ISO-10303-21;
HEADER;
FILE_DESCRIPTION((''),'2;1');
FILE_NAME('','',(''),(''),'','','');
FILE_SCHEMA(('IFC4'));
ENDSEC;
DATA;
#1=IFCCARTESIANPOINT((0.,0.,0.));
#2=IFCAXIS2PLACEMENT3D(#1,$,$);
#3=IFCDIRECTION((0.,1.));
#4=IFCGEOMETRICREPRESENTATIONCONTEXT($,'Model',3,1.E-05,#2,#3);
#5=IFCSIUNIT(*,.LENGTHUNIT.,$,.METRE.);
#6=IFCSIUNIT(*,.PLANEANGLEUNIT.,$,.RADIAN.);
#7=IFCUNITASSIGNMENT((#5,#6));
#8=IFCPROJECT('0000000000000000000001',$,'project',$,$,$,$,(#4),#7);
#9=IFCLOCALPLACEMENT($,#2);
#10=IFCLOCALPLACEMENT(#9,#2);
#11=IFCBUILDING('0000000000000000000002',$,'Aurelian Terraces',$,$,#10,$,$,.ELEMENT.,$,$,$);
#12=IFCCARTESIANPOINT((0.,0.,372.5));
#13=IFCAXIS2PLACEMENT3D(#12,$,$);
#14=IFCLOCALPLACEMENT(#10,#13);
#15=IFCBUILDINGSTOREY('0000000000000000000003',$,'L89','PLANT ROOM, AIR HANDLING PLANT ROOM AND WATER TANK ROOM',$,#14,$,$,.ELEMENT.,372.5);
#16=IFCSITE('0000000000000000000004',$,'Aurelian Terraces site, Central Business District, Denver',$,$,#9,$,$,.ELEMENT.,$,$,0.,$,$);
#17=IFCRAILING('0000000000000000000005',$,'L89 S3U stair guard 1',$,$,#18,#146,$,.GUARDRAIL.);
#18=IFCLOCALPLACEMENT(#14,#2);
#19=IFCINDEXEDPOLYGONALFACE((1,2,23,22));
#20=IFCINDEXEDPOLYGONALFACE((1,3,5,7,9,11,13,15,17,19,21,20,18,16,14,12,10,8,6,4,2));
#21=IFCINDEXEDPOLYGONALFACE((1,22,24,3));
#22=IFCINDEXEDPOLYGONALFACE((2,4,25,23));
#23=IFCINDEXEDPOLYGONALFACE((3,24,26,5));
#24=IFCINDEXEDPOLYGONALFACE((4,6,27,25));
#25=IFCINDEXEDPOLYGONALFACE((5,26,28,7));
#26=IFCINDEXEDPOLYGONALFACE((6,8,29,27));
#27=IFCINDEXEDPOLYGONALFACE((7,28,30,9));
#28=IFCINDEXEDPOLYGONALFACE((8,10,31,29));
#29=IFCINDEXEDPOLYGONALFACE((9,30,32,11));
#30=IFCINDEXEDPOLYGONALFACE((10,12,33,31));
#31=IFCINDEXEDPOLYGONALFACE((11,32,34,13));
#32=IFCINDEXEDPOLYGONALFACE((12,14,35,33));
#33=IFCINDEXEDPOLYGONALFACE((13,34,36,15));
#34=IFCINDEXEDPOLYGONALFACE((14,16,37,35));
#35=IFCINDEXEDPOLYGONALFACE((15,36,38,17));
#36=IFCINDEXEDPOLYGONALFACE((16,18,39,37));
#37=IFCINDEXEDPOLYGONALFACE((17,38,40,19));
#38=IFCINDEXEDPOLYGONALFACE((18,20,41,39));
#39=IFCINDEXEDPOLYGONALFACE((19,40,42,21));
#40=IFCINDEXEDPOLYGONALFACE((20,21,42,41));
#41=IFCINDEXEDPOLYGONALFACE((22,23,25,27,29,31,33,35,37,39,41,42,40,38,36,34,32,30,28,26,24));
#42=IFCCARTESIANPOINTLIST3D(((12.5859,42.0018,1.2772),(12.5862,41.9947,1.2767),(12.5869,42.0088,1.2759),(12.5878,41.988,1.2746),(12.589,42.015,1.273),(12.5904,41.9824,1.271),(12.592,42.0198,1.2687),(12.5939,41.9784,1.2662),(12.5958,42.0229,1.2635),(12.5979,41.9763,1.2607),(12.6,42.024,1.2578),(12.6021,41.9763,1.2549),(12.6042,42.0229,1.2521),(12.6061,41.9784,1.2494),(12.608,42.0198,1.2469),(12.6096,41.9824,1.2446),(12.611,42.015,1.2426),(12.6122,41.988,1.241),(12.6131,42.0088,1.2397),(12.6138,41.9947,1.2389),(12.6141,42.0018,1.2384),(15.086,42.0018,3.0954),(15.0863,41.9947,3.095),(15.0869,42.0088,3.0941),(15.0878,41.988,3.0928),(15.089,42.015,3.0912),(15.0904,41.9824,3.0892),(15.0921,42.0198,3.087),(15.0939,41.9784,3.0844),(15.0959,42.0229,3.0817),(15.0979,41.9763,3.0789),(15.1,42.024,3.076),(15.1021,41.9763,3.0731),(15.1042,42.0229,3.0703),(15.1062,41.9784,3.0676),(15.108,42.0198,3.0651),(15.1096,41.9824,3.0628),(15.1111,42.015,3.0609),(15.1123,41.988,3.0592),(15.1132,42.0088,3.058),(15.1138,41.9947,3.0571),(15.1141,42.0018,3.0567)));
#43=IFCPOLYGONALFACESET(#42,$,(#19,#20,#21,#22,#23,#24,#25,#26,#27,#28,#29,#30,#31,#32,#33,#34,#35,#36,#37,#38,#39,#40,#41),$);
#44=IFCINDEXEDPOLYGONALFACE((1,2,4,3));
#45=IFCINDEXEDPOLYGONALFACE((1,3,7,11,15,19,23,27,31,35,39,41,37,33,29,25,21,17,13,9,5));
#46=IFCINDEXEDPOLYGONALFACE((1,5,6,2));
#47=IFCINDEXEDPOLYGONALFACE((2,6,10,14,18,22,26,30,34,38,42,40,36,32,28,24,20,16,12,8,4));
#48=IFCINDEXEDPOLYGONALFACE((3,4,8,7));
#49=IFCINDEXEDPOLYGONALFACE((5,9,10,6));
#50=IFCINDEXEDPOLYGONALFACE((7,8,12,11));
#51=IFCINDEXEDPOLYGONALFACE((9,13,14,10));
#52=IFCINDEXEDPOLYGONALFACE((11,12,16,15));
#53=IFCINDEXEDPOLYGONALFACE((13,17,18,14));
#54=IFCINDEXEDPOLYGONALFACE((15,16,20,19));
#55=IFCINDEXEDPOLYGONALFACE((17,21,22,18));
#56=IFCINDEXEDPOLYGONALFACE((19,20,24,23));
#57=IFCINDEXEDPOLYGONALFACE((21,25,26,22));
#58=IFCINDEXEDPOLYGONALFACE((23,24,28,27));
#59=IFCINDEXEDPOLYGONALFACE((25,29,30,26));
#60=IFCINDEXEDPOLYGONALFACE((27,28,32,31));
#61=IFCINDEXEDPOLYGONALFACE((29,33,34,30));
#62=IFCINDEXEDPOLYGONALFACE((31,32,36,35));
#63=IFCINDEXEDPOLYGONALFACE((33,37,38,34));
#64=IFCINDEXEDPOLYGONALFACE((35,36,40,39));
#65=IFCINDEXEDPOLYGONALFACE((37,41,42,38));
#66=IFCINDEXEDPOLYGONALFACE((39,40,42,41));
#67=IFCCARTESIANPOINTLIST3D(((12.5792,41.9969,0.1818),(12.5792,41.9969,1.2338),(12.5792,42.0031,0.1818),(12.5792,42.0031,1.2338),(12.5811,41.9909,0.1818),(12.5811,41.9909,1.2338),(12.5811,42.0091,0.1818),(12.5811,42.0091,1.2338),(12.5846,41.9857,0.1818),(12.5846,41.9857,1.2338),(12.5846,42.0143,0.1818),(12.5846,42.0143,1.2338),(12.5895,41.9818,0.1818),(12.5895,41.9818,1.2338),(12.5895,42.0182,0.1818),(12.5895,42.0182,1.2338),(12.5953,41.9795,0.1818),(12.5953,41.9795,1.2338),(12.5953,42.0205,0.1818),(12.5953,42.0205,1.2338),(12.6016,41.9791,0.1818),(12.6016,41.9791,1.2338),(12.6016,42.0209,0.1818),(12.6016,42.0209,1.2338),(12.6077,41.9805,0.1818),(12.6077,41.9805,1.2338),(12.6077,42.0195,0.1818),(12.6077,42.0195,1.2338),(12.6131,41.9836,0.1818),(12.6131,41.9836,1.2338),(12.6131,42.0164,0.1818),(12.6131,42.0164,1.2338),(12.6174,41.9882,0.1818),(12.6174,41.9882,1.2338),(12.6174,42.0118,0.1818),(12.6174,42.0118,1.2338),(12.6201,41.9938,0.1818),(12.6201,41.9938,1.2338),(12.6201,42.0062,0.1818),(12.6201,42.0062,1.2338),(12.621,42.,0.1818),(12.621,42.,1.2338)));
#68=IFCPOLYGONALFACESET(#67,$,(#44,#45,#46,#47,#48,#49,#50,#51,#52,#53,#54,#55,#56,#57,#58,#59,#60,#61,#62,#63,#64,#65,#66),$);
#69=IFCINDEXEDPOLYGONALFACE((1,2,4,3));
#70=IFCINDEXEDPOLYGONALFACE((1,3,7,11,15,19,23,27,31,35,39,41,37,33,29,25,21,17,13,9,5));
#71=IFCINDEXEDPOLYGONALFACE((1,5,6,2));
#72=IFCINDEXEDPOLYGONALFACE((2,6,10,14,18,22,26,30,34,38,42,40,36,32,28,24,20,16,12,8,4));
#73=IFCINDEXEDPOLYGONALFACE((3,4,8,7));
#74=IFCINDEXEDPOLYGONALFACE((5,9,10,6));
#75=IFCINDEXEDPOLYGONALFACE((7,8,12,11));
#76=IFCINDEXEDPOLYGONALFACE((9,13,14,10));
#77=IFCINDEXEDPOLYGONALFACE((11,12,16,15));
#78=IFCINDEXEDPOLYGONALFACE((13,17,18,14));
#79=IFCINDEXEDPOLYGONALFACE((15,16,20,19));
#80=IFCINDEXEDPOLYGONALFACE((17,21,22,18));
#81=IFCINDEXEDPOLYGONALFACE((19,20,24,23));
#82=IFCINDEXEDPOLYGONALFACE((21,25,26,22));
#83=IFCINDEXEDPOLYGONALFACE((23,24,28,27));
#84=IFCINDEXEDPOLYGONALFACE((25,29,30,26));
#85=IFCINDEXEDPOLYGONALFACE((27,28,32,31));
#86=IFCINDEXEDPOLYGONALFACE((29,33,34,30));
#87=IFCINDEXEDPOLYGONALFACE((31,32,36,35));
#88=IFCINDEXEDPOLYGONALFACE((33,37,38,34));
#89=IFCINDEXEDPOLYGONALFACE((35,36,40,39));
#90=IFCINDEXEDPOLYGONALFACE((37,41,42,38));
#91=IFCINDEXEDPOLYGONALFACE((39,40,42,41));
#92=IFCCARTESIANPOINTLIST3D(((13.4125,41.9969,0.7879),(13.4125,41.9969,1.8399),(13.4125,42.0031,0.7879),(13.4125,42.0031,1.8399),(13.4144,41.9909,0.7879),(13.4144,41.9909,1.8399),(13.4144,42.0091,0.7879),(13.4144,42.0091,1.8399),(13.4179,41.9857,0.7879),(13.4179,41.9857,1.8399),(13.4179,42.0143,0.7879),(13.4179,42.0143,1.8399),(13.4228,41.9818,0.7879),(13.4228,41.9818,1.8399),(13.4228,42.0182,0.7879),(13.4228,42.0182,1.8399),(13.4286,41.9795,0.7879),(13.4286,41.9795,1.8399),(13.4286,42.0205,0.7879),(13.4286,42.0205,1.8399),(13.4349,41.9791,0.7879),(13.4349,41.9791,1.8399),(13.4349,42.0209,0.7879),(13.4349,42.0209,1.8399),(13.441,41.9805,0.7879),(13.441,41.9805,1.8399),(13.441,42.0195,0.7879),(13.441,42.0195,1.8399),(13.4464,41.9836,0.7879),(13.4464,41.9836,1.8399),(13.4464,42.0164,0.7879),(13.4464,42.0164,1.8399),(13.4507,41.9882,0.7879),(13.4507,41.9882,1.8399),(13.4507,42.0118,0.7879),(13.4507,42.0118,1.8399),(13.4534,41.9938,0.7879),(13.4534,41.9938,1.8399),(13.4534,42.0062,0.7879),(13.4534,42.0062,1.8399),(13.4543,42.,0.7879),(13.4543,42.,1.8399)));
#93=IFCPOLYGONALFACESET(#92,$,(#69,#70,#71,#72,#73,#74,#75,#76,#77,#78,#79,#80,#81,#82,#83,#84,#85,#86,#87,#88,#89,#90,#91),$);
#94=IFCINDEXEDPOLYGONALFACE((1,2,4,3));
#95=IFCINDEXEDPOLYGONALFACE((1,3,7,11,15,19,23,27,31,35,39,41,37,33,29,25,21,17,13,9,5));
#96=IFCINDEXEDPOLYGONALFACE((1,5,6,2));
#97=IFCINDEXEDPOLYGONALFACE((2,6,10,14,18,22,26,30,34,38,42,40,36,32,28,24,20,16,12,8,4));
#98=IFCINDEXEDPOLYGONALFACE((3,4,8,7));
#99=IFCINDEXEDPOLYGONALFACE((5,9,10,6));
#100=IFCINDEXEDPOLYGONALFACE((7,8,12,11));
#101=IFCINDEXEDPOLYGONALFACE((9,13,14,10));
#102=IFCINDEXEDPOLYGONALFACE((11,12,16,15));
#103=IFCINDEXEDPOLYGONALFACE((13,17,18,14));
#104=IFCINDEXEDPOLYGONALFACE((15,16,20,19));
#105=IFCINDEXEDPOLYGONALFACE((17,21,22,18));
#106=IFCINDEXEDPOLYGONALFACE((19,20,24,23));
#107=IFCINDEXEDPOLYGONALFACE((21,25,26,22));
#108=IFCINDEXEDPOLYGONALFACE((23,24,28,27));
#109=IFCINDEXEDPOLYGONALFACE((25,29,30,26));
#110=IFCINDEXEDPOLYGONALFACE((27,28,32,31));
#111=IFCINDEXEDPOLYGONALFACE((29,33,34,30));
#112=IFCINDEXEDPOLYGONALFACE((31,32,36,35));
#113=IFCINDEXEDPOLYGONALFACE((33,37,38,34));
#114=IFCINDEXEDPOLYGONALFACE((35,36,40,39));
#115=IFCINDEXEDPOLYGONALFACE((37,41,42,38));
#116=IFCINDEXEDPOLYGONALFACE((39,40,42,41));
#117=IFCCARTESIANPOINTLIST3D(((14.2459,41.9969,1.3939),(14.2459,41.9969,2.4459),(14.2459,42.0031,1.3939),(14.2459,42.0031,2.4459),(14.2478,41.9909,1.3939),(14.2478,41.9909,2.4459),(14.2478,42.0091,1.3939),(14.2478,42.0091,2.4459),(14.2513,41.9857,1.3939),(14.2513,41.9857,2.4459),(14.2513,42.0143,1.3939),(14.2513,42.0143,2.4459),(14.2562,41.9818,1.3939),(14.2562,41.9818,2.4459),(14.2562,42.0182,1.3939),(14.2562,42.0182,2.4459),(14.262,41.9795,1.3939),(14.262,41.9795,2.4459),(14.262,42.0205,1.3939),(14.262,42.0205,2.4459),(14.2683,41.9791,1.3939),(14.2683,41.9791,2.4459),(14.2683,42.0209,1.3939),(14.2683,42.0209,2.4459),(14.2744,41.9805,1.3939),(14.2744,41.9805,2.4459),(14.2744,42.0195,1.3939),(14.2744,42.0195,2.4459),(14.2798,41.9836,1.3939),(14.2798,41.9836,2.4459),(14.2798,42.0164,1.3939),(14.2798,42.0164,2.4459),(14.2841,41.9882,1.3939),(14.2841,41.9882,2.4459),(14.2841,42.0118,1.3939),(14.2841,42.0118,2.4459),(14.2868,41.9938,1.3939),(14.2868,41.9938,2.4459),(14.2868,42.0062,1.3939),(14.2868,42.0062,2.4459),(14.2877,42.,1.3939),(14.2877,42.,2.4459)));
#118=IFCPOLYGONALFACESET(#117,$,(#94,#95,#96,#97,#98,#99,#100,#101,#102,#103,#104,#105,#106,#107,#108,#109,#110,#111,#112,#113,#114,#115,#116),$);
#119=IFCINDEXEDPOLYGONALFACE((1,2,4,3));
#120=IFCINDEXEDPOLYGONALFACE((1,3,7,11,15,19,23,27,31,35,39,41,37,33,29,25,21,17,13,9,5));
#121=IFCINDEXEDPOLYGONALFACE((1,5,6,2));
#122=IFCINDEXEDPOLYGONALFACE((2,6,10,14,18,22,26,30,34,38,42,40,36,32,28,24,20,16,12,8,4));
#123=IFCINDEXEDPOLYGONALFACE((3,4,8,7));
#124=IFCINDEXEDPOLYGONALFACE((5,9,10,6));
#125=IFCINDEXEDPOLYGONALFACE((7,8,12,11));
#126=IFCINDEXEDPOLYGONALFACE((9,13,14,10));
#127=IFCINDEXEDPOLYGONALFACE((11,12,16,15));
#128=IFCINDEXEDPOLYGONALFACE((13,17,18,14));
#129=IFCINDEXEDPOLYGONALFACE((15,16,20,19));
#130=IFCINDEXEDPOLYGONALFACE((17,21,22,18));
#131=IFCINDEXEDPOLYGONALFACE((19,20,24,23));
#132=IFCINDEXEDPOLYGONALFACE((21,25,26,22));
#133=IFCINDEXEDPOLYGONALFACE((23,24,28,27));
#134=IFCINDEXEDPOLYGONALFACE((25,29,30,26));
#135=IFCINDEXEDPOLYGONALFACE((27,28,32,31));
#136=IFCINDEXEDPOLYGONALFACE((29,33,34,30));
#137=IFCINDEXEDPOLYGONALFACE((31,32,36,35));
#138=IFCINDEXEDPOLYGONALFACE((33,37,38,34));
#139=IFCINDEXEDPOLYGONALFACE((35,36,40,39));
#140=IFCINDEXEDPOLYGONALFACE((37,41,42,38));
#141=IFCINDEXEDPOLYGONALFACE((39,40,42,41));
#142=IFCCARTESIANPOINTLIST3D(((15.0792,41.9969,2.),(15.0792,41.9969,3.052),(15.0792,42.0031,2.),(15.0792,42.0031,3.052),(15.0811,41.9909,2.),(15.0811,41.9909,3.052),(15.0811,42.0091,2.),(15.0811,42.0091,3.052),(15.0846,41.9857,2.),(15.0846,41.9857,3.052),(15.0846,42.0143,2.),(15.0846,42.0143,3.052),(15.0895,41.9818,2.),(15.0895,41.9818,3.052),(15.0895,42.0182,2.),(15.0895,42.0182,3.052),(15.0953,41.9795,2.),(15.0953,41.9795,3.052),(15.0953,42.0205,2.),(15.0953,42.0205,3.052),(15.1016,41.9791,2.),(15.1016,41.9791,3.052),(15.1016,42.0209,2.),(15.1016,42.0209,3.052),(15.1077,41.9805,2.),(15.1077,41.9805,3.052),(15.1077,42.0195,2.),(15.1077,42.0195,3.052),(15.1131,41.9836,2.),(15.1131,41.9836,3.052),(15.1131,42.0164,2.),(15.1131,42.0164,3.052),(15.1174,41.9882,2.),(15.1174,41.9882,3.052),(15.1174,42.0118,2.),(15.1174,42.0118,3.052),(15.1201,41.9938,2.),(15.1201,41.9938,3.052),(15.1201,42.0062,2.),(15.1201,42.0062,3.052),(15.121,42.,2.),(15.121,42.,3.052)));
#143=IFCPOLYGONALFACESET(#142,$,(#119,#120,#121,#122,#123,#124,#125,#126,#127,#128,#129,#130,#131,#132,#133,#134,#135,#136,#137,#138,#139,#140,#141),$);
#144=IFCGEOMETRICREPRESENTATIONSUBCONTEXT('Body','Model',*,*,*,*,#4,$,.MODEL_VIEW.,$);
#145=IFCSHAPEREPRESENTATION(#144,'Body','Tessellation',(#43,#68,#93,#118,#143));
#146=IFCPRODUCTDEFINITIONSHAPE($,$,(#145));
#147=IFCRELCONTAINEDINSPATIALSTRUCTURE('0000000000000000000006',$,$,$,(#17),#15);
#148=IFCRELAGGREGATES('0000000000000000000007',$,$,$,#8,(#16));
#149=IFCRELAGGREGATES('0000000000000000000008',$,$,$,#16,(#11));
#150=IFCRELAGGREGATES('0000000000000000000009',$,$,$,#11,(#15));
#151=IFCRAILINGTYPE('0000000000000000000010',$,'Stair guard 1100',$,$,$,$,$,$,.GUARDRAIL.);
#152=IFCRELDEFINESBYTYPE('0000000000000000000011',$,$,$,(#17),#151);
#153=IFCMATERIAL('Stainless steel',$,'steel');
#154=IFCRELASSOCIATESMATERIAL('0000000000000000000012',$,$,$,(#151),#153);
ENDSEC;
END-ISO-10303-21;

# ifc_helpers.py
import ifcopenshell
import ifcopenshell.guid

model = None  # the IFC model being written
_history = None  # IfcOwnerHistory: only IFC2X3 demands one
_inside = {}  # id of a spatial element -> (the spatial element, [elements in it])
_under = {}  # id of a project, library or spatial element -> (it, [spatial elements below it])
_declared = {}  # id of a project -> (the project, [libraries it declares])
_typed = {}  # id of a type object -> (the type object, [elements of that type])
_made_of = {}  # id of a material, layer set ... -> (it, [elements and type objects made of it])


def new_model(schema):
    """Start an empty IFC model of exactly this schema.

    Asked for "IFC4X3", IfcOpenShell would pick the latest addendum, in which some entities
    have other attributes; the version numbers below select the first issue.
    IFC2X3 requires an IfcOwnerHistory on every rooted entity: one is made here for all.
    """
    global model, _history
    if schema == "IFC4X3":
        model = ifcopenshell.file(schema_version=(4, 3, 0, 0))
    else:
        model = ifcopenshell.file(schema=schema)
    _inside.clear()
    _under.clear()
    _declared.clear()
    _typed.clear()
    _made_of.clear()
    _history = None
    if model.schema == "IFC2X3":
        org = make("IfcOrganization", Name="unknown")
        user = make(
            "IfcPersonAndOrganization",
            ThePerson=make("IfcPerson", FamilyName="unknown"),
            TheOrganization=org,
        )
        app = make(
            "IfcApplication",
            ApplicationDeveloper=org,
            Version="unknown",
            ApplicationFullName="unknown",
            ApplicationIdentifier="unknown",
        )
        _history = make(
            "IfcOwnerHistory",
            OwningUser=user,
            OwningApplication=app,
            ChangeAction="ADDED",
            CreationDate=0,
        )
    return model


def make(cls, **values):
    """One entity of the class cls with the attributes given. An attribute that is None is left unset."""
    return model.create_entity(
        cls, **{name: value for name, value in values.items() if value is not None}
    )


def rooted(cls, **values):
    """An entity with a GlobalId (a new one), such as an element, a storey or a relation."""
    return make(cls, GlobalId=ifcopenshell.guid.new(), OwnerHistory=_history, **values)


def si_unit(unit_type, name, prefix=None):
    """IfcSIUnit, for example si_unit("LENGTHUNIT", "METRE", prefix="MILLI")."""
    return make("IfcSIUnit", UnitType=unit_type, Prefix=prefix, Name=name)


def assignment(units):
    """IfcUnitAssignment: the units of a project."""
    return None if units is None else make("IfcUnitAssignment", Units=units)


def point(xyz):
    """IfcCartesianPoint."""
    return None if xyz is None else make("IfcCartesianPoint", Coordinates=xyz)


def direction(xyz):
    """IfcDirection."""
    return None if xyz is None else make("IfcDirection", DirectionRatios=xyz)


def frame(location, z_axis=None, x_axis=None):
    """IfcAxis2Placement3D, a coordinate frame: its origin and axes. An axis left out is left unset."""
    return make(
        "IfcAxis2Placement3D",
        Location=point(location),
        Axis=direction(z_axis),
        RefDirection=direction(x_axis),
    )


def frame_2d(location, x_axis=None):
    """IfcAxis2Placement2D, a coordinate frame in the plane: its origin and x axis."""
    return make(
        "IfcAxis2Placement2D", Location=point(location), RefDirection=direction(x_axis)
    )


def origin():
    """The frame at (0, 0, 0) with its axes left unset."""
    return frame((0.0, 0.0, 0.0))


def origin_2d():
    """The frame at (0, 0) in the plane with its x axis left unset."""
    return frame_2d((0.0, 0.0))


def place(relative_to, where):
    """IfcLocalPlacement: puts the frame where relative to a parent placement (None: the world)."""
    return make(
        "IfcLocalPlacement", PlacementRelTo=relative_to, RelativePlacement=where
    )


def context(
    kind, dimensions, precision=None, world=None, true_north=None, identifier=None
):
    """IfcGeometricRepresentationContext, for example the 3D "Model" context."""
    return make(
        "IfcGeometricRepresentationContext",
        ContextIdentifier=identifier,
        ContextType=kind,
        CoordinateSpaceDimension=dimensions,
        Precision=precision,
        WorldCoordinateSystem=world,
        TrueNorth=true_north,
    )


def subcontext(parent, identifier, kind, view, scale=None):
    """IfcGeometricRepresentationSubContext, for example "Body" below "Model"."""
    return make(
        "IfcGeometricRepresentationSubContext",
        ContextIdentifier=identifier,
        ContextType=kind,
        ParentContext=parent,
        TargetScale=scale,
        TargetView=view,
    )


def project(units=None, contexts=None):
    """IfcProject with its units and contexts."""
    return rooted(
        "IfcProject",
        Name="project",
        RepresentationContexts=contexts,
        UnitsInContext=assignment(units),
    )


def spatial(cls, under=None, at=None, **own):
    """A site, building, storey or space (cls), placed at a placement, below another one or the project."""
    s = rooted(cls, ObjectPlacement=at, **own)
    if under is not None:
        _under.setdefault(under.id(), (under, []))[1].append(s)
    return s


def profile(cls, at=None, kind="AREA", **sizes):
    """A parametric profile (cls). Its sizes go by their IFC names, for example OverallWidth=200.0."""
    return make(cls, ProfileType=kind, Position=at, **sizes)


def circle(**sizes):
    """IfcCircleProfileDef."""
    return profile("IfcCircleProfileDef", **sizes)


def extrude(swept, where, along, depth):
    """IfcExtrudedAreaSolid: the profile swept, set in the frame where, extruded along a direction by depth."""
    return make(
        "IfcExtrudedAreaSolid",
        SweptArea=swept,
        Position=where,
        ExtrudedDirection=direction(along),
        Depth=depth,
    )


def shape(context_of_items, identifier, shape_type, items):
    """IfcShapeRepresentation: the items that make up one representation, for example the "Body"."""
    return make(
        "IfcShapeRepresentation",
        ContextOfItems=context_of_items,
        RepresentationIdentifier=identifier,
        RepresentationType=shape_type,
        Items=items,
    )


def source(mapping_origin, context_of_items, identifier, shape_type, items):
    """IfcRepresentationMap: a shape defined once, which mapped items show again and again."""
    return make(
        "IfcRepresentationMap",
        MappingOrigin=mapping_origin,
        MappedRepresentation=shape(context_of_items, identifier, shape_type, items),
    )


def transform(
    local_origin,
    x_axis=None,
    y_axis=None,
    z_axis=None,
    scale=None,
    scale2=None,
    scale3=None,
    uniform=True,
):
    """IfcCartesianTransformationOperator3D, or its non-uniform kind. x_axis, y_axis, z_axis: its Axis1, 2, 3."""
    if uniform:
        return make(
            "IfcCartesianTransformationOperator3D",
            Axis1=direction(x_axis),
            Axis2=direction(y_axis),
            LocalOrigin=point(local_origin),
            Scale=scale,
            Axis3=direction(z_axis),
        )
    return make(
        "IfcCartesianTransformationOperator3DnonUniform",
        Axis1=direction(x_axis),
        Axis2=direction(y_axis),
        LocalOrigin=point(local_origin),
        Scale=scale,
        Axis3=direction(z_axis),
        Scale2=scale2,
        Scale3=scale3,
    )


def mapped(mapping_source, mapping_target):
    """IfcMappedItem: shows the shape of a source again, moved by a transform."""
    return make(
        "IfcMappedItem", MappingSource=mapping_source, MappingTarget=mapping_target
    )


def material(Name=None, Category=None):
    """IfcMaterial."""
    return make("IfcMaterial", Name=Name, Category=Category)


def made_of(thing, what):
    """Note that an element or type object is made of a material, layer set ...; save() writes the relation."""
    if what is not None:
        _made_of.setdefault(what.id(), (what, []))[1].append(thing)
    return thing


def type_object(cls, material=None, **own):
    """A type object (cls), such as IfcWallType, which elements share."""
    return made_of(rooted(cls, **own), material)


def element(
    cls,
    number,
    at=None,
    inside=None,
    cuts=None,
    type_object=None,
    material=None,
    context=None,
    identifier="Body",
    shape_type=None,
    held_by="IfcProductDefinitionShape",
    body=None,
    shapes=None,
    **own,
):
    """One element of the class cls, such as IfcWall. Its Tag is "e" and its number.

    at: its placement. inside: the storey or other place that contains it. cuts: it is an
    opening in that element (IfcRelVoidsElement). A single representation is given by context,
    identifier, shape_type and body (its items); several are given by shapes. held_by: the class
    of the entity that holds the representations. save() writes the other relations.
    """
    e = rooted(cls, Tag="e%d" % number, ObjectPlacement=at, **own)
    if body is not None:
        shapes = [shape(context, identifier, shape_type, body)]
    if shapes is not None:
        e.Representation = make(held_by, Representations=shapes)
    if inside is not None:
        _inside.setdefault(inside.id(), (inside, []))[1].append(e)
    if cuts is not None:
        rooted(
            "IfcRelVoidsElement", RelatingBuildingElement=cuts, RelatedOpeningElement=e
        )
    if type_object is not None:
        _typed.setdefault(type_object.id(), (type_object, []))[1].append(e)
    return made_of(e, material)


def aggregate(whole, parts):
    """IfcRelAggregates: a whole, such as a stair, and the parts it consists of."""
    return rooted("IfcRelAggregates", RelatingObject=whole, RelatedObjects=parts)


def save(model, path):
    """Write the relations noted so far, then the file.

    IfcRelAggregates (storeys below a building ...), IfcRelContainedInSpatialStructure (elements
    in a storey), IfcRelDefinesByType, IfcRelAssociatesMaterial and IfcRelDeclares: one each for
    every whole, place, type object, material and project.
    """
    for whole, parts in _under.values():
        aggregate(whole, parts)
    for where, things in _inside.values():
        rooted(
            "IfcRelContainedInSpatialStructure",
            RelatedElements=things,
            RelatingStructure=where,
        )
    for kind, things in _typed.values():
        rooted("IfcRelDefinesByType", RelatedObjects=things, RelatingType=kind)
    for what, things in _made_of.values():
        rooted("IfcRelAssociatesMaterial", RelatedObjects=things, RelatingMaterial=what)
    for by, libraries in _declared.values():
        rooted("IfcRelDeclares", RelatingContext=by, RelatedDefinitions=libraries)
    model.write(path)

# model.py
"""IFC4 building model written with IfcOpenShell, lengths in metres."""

from ifc_helpers import new_model, si_unit, direction, frame, origin, origin_2d, place, context, subcontext, project, spatial, circle, extrude, source, transform, mapped, material, type_object, element, save


model = new_model("IFC4")

# Units and contexts
model_context = context("Model", 3, precision=1e-05, world=origin(), true_north=direction((0.0, 1.0)))
body_context = subcontext(model_context, "Body", "Model", "MODEL_VIEW")
ifc_project = project(units=[si_unit("LENGTHUNIT", "METRE"), si_unit("PLANEANGLEUNIT", "RADIAN")], contexts=[model_context])

# Site, building, storey
site_placement = place(None, origin())
site = spatial("IfcSite", under=ifc_project, at=site_placement, Name="Aurelian Terraces site, Central Business District, Denver", CompositionType="ELEMENT", RefElevation=0.0)
building_placement = place(site_placement, origin())
building = spatial("IfcBuilding", under=site, at=building_placement, Name="Aurelian Terraces", CompositionType="ELEMENT")
storey_placement = place(building_placement, frame((0.0, 0.0, 372.5)))
storey = spatial("IfcBuildingStorey", under=building, at=storey_placement, Name="L89", Description="PLANT ROOM, AIR HANDLING PLANT ROOM AND WATER TANK ROOM", CompositionType="ELEMENT", Elevation=372.5)

# Railing
ifc_material_1 = material(Name="Stainless steel", Category="steel")
railing_type_1 = type_object("IfcRailingType", Name="Stair guard 1100", PredefinedType="GUARDRAIL", material=ifc_material_1)
shared_shape_1 = source(origin(), body_context, "Body", "SweptSolid", [
    extrude(circle(Radius=0.024, at=origin_2d()), frame((0.0, 0.0, 1.076), z_axis=(0.808733, 0.0, 0.588176), x_axis=(0.0, 1.0, 0.0)), (0.0, 0.0, 1.0), 3.0913),
    extrude(circle(Radius=0.021, at=origin_2d()), origin(), (0.0, 0.0, 1.0), 1.052),
    extrude(circle(Radius=0.021, at=origin_2d()), frame((0.8333, 0.0, 0.6061)), (0.0, 0.0, 1.0), 1.052),
    extrude(circle(Radius=0.021, at=origin_2d()), frame((1.6667, 0.0, 1.2121)), (0.0, 0.0, 1.0), 1.052),
    extrude(circle(Radius=0.021, at=origin_2d()), frame((2.5, 0.0, 1.8182)), (0.0, 0.0, 1.0), 1.052),
])
railing_1_placement = place(storey_placement, frame((12.6, 42.0, 0.1818)))
element("IfcRailing", 1, at=railing_1_placement, inside=storey, type_object=railing_type_1, Name="L89 S3U stair guard 1", PredefinedType="GUARDRAIL", context=body_context, shape_type="MappedRepresentation", body=[
    mapped(shared_shape_1, transform((0.0, 0.0, 0.0), scale=1.0)),
])

save(model, "model.ifc")
